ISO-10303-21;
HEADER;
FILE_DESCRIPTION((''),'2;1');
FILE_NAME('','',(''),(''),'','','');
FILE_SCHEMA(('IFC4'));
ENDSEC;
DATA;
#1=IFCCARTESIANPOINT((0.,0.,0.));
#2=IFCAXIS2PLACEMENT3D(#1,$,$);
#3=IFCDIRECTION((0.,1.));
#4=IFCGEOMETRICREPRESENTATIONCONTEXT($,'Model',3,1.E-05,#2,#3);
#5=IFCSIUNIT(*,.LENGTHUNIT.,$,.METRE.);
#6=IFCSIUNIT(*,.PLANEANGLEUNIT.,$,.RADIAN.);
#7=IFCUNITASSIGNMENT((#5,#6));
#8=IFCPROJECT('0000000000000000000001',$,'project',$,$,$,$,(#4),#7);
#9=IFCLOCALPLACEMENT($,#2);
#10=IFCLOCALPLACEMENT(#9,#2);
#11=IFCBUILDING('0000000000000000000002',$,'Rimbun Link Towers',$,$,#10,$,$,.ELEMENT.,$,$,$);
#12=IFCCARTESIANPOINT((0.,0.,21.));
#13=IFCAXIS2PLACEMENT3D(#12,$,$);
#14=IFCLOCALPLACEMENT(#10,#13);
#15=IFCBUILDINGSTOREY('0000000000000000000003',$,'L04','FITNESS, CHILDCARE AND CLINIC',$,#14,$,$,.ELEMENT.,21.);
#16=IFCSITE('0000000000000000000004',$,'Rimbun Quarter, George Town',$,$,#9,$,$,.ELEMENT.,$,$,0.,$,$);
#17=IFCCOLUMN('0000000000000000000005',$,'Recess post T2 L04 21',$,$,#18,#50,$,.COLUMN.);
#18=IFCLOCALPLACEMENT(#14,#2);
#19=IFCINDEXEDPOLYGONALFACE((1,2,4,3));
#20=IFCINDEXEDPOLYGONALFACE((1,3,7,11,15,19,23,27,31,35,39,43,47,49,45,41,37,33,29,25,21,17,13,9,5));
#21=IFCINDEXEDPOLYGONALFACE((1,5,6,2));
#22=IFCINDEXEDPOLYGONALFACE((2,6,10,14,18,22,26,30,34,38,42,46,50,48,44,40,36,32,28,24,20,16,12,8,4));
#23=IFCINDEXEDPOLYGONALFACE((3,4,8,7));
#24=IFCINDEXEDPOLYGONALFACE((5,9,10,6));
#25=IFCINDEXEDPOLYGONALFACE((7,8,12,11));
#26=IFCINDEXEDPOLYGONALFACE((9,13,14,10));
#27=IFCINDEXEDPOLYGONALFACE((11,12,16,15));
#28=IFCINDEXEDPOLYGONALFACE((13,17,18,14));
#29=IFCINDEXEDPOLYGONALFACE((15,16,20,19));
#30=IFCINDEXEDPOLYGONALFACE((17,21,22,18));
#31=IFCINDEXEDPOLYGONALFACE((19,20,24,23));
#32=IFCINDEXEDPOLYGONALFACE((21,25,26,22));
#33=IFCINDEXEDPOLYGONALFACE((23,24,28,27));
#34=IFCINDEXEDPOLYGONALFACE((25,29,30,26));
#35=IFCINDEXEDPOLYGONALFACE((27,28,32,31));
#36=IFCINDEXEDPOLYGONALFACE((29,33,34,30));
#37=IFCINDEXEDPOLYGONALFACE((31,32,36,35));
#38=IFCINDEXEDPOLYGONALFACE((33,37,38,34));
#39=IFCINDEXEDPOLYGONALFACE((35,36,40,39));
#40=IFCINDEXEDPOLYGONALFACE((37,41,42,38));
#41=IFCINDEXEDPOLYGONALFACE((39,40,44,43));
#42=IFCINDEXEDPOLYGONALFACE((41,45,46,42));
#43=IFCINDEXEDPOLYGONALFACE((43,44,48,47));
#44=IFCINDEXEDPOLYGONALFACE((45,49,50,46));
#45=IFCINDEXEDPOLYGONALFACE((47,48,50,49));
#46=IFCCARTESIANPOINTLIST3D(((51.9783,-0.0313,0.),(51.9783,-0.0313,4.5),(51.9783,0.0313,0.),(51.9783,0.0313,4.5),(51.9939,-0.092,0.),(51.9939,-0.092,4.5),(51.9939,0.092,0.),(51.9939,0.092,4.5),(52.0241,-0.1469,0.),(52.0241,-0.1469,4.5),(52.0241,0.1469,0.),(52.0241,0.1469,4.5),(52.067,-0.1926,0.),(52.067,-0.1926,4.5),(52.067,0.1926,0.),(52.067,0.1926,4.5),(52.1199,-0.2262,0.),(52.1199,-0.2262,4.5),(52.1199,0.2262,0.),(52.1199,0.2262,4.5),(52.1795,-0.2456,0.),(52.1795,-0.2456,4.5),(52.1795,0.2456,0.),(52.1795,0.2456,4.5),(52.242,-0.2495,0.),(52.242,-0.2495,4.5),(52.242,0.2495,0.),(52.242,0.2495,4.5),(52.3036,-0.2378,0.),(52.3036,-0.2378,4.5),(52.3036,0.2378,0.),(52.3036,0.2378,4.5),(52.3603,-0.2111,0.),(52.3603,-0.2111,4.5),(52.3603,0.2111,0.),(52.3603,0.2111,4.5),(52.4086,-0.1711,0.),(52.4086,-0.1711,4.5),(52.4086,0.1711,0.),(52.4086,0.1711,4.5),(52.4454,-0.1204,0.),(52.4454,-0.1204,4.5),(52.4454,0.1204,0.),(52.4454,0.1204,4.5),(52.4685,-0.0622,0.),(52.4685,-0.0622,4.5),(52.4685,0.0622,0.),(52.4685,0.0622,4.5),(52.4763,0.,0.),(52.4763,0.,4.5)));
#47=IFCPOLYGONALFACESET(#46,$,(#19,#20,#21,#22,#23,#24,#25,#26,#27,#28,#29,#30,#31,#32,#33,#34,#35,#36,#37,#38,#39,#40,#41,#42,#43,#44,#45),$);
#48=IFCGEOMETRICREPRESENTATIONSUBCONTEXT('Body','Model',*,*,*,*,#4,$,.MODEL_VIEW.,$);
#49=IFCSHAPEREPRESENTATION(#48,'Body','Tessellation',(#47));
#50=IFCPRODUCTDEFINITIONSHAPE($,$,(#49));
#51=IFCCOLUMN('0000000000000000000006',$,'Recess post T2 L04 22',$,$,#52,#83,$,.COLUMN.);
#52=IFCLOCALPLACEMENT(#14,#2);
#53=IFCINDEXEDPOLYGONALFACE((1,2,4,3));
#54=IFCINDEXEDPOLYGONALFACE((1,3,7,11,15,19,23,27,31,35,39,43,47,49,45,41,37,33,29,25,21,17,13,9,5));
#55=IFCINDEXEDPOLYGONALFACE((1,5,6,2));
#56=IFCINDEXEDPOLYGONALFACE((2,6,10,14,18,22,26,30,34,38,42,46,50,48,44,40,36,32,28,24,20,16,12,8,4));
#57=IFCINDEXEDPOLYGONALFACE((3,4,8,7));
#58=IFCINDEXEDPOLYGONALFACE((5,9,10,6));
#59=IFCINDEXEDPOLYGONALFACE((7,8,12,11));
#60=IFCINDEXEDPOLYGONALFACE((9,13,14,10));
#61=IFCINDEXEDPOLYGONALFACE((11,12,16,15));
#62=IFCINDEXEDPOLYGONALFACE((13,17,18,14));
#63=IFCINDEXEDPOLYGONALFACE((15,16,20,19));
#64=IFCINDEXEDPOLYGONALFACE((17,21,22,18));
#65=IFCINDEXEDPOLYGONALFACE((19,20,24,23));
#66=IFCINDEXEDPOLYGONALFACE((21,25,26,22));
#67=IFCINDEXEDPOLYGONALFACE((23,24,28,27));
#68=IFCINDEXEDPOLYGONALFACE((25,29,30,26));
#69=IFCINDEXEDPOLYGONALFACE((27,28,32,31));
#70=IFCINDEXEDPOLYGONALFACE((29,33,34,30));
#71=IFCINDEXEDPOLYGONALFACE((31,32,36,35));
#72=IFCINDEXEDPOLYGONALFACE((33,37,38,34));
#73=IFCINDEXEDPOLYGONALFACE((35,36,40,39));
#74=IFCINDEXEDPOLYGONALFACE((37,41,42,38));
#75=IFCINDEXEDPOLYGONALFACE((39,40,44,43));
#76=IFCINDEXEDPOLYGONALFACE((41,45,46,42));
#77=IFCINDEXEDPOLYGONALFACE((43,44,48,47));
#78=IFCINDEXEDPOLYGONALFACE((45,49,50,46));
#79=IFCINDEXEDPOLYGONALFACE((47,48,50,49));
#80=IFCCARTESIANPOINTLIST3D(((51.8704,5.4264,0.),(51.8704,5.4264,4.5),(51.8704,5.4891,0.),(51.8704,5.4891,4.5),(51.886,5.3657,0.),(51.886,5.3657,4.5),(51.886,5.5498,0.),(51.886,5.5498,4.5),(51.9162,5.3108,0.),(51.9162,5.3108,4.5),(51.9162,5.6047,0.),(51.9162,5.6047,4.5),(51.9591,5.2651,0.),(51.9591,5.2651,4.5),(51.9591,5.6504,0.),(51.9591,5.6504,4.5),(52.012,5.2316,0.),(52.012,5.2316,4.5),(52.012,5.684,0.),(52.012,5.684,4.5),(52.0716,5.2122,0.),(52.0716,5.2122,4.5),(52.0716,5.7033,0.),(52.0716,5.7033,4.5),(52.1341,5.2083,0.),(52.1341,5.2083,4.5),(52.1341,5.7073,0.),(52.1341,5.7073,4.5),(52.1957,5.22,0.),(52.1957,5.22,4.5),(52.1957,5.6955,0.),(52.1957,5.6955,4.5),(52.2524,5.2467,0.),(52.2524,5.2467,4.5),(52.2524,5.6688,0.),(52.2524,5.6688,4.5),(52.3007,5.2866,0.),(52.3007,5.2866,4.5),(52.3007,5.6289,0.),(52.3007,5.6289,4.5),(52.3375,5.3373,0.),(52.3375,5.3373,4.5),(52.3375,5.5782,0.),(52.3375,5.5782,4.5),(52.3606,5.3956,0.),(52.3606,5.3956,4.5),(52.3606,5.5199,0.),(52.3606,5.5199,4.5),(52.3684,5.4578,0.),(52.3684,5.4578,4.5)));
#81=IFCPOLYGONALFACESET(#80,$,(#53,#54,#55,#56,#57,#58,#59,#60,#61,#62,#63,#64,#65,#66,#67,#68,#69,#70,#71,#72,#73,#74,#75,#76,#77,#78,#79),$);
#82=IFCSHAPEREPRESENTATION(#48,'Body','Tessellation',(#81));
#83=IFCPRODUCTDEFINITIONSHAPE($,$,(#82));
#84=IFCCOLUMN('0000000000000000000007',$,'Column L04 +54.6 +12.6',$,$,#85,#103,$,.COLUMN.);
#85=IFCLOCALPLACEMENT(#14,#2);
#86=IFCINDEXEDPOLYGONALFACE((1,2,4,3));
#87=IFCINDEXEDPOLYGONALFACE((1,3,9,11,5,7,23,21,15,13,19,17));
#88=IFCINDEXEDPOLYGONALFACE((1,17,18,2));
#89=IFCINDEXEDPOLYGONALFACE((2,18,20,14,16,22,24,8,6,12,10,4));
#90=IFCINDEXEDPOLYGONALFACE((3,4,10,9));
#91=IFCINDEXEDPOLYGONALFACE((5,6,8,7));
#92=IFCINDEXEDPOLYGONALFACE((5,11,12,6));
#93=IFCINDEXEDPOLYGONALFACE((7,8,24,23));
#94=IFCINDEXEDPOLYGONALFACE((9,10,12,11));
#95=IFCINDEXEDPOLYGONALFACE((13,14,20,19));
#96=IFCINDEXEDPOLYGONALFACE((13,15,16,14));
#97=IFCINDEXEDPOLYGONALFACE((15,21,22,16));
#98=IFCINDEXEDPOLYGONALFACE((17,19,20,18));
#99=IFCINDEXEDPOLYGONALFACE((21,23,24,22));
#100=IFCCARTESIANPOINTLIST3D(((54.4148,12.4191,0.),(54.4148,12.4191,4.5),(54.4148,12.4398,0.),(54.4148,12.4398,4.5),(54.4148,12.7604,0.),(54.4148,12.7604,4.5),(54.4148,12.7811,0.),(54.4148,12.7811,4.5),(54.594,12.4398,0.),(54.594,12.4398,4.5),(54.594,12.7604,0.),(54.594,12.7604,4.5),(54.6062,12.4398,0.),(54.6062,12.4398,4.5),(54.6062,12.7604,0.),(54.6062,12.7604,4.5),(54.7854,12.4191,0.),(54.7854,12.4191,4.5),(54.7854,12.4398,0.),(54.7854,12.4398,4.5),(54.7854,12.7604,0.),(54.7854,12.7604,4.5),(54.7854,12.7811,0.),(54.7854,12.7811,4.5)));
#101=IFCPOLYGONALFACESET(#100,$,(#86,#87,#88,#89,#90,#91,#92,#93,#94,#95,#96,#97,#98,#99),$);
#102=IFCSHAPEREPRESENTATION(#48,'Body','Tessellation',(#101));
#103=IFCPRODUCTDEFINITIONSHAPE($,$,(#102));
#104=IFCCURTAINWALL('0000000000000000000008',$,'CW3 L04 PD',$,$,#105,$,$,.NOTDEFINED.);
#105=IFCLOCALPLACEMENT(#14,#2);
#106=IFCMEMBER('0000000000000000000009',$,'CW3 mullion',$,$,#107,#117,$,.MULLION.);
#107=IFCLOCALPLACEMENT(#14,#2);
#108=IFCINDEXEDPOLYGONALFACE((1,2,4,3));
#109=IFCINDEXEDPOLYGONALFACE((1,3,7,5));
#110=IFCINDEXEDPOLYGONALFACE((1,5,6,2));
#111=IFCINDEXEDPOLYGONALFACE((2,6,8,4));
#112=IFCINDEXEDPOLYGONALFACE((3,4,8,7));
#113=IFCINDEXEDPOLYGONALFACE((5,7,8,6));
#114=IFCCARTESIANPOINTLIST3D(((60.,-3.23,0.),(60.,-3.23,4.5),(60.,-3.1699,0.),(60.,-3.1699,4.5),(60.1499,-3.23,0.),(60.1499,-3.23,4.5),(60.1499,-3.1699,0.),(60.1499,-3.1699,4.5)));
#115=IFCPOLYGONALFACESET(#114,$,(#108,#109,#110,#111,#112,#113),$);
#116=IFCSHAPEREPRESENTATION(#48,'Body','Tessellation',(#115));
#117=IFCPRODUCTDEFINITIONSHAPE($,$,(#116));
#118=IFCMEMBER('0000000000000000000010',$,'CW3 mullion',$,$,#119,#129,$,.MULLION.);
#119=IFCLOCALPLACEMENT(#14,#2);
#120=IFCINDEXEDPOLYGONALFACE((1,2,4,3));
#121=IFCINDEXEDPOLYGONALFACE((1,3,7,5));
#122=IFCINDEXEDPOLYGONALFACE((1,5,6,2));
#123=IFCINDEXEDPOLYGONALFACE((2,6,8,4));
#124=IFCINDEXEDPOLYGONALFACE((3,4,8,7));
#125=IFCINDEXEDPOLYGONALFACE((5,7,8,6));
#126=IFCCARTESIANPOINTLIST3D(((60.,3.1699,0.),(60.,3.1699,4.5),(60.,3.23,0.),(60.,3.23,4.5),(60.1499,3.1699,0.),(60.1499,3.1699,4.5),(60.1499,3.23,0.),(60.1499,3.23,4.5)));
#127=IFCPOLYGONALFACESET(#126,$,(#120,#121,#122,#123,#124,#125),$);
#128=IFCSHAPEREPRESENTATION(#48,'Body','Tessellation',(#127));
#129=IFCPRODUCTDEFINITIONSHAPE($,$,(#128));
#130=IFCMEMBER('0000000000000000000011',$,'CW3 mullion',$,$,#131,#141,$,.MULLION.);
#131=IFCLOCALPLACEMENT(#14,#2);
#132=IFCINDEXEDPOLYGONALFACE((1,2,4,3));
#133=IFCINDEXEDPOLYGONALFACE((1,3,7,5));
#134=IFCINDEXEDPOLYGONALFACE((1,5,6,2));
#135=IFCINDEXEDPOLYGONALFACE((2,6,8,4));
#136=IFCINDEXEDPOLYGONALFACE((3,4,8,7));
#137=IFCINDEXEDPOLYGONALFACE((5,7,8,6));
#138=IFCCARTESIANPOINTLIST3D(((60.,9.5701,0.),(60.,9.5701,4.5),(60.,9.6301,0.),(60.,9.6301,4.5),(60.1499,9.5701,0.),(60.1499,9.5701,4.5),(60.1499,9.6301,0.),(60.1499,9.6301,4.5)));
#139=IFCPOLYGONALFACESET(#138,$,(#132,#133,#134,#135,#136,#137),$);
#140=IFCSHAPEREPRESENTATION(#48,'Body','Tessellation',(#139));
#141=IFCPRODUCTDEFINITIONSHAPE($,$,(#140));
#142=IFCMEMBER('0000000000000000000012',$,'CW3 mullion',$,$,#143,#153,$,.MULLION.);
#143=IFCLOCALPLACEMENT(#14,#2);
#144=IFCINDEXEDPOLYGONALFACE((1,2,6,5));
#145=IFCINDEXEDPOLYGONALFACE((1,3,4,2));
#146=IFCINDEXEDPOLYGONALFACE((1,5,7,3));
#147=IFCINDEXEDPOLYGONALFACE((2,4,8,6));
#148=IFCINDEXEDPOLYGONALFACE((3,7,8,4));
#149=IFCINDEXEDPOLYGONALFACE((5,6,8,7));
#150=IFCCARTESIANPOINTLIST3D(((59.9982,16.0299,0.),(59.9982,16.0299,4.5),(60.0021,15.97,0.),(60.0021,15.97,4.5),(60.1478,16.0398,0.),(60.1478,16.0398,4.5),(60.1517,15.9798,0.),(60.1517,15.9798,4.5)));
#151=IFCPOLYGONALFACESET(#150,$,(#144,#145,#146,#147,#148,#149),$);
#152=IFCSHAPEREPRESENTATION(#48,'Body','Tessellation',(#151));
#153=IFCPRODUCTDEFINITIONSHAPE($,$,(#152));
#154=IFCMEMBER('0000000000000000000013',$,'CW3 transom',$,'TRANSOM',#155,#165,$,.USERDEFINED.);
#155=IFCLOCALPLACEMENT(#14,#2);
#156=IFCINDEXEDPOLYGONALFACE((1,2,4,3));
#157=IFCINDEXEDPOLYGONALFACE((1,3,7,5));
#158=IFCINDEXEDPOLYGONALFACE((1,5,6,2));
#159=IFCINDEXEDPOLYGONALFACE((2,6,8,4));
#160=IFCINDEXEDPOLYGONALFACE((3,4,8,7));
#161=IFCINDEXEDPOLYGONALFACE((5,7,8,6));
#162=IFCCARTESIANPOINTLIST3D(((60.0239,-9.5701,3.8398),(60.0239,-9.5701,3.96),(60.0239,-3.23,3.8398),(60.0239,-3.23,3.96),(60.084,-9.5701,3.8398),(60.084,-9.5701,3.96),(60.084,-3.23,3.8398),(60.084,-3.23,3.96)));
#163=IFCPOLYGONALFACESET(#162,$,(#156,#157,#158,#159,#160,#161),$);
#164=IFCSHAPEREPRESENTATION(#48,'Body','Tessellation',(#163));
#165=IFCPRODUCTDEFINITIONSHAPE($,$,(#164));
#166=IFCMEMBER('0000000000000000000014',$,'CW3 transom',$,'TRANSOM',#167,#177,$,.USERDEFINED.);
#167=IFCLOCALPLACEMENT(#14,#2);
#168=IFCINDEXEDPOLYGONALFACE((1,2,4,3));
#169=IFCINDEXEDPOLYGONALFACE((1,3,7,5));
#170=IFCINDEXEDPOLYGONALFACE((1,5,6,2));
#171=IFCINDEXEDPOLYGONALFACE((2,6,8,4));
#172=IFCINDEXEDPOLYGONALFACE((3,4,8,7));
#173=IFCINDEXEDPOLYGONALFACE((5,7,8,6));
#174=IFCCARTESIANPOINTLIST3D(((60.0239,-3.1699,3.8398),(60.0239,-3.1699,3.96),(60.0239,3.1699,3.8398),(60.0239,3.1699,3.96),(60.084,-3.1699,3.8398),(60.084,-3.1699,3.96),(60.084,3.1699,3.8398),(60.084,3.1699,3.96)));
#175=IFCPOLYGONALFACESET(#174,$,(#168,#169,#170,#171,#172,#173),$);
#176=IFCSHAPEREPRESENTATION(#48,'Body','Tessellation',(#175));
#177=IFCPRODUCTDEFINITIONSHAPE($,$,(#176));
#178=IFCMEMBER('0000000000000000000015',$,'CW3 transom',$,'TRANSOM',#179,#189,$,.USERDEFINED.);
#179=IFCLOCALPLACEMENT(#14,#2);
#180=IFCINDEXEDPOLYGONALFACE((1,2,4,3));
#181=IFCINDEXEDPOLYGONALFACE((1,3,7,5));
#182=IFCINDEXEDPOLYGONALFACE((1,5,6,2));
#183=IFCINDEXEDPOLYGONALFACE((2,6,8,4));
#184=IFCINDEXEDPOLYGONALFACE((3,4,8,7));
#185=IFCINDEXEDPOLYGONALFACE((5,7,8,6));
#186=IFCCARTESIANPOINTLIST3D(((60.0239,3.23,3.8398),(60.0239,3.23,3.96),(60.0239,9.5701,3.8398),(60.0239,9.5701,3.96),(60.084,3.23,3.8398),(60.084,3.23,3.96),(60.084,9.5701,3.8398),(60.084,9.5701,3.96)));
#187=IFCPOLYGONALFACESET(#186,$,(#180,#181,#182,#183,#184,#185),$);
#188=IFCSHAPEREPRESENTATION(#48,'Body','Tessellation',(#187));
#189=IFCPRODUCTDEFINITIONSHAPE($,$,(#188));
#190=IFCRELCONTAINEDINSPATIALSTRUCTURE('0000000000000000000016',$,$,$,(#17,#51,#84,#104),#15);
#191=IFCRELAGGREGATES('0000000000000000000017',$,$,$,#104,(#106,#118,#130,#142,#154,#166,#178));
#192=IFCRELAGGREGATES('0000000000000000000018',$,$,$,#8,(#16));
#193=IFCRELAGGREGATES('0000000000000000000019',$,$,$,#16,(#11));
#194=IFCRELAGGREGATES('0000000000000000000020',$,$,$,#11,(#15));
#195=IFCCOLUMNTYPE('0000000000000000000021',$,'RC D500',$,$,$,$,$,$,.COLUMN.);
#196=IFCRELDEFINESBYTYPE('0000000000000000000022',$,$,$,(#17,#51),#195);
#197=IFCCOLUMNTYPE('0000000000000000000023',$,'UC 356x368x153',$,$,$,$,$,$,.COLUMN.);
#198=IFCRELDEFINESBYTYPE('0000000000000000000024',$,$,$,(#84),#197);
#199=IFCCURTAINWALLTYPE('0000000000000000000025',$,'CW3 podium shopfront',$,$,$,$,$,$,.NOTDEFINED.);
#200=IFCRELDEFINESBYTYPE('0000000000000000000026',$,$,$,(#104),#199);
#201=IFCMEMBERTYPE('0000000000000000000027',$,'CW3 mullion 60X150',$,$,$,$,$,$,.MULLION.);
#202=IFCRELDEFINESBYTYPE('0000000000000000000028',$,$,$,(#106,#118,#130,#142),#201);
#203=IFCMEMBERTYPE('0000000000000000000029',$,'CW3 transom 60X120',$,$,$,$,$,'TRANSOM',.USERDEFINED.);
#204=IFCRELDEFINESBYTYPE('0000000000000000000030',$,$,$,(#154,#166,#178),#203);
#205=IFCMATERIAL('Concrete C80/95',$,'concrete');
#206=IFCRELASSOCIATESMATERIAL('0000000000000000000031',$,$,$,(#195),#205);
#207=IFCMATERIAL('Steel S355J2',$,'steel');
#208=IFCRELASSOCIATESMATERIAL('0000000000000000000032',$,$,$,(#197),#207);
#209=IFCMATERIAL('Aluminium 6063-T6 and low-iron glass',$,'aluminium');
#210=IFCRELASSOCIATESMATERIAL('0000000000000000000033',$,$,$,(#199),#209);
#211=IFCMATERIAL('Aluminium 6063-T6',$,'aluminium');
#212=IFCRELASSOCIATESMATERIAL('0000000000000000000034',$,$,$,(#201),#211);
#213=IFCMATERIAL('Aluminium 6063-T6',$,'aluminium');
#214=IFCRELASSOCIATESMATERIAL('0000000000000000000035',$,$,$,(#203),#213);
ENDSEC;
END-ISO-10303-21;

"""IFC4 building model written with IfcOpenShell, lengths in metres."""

from ifc_helpers import new_model, si_unit, direction, frame, origin, origin_2d, place, context, subcontext, project, spatial, rectangle, circle, i_section, extrude, material, material_profile, profile_set, type_object, element, aggregate, save


model = new_model("IFC4")

# Units and contexts
model_context = context("Model", 3, precision=1e-05, world=origin(), true_north=direction((0.0, 1.0)))
body_context = subcontext(model_context, "Body", "Model", "MODEL_VIEW")
ifc_project = project(units=[si_unit("LENGTHUNIT", "METRE"), si_unit("PLANEANGLEUNIT", "RADIAN")], contexts=[model_context])

# Site, building, storey
site_placement = place(None, origin())
site = spatial("IfcSite", under=ifc_project, at=site_placement, Name="Rimbun Quarter, George Town", CompositionType="ELEMENT", RefElevation=0.0)
building_placement = place(site_placement, origin())
building = spatial("IfcBuilding", under=site, at=building_placement, Name="Rimbun Link Towers", CompositionType="ELEMENT")
storey_placement = place(building_placement, frame((0.0, 0.0, 21.0)))
storey = spatial("IfcBuildingStorey", under=building, at=storey_placement, Name="L04", Description="FITNESS, CHILDCARE AND CLINIC", CompositionType="ELEMENT", Elevation=21.0)

# Columns
ifc_material_1 = material(Name="Concrete C80/95", Category="concrete")
ifc_material_profile_1 = material_profile(ifc_material_1, circle(Radius=0.25, at=origin_2d()), Name="RC D500")
ifc_profile_set_1 = profile_set([ifc_material_profile_1], Name="Concrete C80/95")
column_type_1 = type_object("IfcColumnType", Name="RC D500", PredefinedType="COLUMN", material=ifc_profile_set_1)
for number, where, z_axis, x_axis, name in (
    (1, (52.2263, 0.0, 0.0), (0.0, 0.0, 1.0), (1.0, 0.0, 0.0), "Recess post T2 L04 21"),
    (2, (52.1184, 5.4578, 0.0), (0.0, 0.0, 1.0), (1.0, 0.0, 0.0), "Recess post T2 L04 22"),
):
    element("IfcColumn", number, at=place(storey_placement, frame(where, z_axis=z_axis, x_axis=x_axis)), inside=storey, type_object=column_type_1, Name=name, PredefinedType="COLUMN", context=body_context, shape_type="SweptSolid", body=[
        extrude(circle(Radius=0.25, at=origin_2d()), origin(), (0.0, 0.0, 1.0), 4.5),
    ])
ifc_material_2 = material(Name="Steel S355J2", Category="steel")
ifc_material_profile_2 = material_profile(ifc_material_2, i_section(OverallWidth=0.3706, OverallDepth=0.3621, WebThickness=0.0122, FlangeThickness=0.0208, at=origin_2d()), Name="UC 356x368x153")
ifc_profile_set_2 = profile_set([ifc_material_profile_2], Name="Steel S355J2")
column_type_2 = type_object("IfcColumnType", Name="UC 356x368x153", PredefinedType="COLUMN", material=ifc_profile_set_2)
column_placement = place(storey_placement, frame((54.6001, 12.6001, 0.0), z_axis=(0.0, 0.0, 1.0), x_axis=(1.0, 0.0, 0.0)))
element("IfcColumn", 3, at=column_placement, inside=storey, type_object=column_type_2, Name="Column L04 +54.6 +12.6", PredefinedType="COLUMN", context=body_context, shape_type="SweptSolid", body=[
    extrude(i_section(OverallWidth=0.3706, OverallDepth=0.3621, WebThickness=0.0122, FlangeThickness=0.0208, at=origin_2d()), origin(), (0.0, 0.0, 1.0), 4.5),
])

# Curtain wall, members
ifc_material_3 = material(Name="Aluminium 6063-T6 and low-iron glass", Category="aluminium")
curtain_wall_type = type_object("IfcCurtainWallType", Name="CW3 podium shopfront", PredefinedType="NOTDEFINED", material=ifc_material_3)
curtain_wall_placement = place(storey_placement, origin())
curtain_wall = element("IfcCurtainWall", 4, at=curtain_wall_placement, inside=storey, type_object=curtain_wall_type, Name="CW3 L04 PD", PredefinedType="NOTDEFINED")
ifc_material_4 = material(Name="Aluminium 6063-T6", Category="aluminium")
ifc_material_profile_3 = material_profile(ifc_material_4, rectangle(XDim=0.1499, YDim=0.0601, at=origin_2d()), Name="MULLION 60X150")
ifc_profile_set_3 = profile_set([ifc_material_profile_3], Name="Aluminium 6063-T6")
member_type_1 = type_object("IfcMemberType", Name="CW3 mullion 60X150", PredefinedType="MULLION", material=ifc_profile_set_3)
member_1_placement = place(storey_placement, frame((60.075, -3.2, 0.0), z_axis=(0.0, 0.0, 1.0), x_axis=(1.0, 0.0, 0.0)))
member_1 = element("IfcMember", 5, at=member_1_placement, type_object=member_type_1, Name="CW3 mullion", PredefinedType="MULLION", context=body_context, shape_type="SweptSolid", body=[
    extrude(rectangle(XDim=0.1499, YDim=0.0601, at=origin_2d()), origin(), (0.0, 0.0, 1.0), 4.5),
])
member_2_placement = place(storey_placement, frame((60.075, 3.2, 0.0), z_axis=(0.0, 0.0, 1.0), x_axis=(1.0, 0.0, 0.0)))
member_2 = element("IfcMember", 6, at=member_2_placement, type_object=member_type_1, Name="CW3 mullion", PredefinedType="MULLION", context=body_context, shape_type="SweptSolid", body=[
    extrude(rectangle(XDim=0.1499, YDim=0.0601, at=origin_2d()), origin(), (0.0, 0.0, 1.0), 4.5),
])
member_3_placement = place(storey_placement, frame((60.075, 9.6001, 0.0), z_axis=(0.0, 0.0, 1.0), x_axis=(1.0, 0.0, 0.0)))
member_3 = element("IfcMember", 7, at=member_3_placement, type_object=member_type_1, Name="CW3 mullion", PredefinedType="MULLION", context=body_context, shape_type="SweptSolid", body=[
    extrude(rectangle(XDim=0.1499, YDim=0.0601, at=origin_2d()), origin(), (0.0, 0.0, 1.0), 4.5),
])
member_4_placement = place(storey_placement, frame((60.075, 16.0049, 0.0), z_axis=(0.0, 0.0, 1.0), x_axis=(0.997859, 0.065405, 0.0)))
member_4 = element("IfcMember", 8, at=member_4_placement, type_object=member_type_1, Name="CW3 mullion", PredefinedType="MULLION", context=body_context, shape_type="SweptSolid", body=[
    extrude(rectangle(XDim=0.1499, YDim=0.0601, at=origin_2d()), origin(), (0.0, 0.0, 1.0), 4.5),
])
ifc_material_5 = material(Name="Aluminium 6063-T6", Category="aluminium")
ifc_material_profile_4 = material_profile(ifc_material_5, rectangle(XDim=0.0601, YDim=0.1201, at=origin_2d()), Name="TRANSOM 60X120")
ifc_profile_set_4 = profile_set([ifc_material_profile_4], Name="Aluminium 6063-T6")
member_type_2 = type_object("IfcMemberType", Name="CW3 transom 60X120", ElementType="TRANSOM", PredefinedType="USERDEFINED", material=ifc_profile_set_4)
member_5_placement = place(storey_placement, frame((60.054, -3.23, 3.8999), z_axis=(0.0, -1.0, 0.0), x_axis=(1.0, 0.0, 0.0)))
member_5 = element("IfcMember", 9, at=member_5_placement, type_object=member_type_2, Name="CW3 transom", ObjectType="TRANSOM", PredefinedType="USERDEFINED", context=body_context, shape_type="SweptSolid", body=[
    extrude(rectangle(XDim=0.0601, YDim=0.1201, at=origin_2d()), origin(), (0.0, 0.0, 1.0), 6.3401),
])
member_6_placement = place(storey_placement, frame((60.054, 3.1699, 3.8999), z_axis=(0.0, -1.0, 0.0), x_axis=(1.0, 0.0, 0.0)))
member_6 = element("IfcMember", 10, at=member_6_placement, type_object=member_type_2, Name="CW3 transom", ObjectType="TRANSOM", PredefinedType="USERDEFINED", context=body_context, shape_type="SweptSolid", body=[
    extrude(rectangle(XDim=0.0601, YDim=0.1201, at=origin_2d()), origin(), (0.0, 0.0, 1.0), 6.3398),
])
member_7_placement = place(storey_placement, frame((60.054, 9.5701, 3.8999), z_axis=(0.0, -1.0, 0.0), x_axis=(1.0, 0.0, 0.0)))
member_7 = element("IfcMember", 11, at=member_7_placement, type_object=member_type_2, Name="CW3 transom", ObjectType="TRANSOM", PredefinedType="USERDEFINED", context=body_context, shape_type="SweptSolid", body=[
    extrude(rectangle(XDim=0.0601, YDim=0.1201, at=origin_2d()), origin(), (0.0, 0.0, 1.0), 6.3401),
])

aggregate(curtain_wall, [member_1, member_2, member_3, member_4, member_5, member_6, member_7])

save(model, "model.ifc")
